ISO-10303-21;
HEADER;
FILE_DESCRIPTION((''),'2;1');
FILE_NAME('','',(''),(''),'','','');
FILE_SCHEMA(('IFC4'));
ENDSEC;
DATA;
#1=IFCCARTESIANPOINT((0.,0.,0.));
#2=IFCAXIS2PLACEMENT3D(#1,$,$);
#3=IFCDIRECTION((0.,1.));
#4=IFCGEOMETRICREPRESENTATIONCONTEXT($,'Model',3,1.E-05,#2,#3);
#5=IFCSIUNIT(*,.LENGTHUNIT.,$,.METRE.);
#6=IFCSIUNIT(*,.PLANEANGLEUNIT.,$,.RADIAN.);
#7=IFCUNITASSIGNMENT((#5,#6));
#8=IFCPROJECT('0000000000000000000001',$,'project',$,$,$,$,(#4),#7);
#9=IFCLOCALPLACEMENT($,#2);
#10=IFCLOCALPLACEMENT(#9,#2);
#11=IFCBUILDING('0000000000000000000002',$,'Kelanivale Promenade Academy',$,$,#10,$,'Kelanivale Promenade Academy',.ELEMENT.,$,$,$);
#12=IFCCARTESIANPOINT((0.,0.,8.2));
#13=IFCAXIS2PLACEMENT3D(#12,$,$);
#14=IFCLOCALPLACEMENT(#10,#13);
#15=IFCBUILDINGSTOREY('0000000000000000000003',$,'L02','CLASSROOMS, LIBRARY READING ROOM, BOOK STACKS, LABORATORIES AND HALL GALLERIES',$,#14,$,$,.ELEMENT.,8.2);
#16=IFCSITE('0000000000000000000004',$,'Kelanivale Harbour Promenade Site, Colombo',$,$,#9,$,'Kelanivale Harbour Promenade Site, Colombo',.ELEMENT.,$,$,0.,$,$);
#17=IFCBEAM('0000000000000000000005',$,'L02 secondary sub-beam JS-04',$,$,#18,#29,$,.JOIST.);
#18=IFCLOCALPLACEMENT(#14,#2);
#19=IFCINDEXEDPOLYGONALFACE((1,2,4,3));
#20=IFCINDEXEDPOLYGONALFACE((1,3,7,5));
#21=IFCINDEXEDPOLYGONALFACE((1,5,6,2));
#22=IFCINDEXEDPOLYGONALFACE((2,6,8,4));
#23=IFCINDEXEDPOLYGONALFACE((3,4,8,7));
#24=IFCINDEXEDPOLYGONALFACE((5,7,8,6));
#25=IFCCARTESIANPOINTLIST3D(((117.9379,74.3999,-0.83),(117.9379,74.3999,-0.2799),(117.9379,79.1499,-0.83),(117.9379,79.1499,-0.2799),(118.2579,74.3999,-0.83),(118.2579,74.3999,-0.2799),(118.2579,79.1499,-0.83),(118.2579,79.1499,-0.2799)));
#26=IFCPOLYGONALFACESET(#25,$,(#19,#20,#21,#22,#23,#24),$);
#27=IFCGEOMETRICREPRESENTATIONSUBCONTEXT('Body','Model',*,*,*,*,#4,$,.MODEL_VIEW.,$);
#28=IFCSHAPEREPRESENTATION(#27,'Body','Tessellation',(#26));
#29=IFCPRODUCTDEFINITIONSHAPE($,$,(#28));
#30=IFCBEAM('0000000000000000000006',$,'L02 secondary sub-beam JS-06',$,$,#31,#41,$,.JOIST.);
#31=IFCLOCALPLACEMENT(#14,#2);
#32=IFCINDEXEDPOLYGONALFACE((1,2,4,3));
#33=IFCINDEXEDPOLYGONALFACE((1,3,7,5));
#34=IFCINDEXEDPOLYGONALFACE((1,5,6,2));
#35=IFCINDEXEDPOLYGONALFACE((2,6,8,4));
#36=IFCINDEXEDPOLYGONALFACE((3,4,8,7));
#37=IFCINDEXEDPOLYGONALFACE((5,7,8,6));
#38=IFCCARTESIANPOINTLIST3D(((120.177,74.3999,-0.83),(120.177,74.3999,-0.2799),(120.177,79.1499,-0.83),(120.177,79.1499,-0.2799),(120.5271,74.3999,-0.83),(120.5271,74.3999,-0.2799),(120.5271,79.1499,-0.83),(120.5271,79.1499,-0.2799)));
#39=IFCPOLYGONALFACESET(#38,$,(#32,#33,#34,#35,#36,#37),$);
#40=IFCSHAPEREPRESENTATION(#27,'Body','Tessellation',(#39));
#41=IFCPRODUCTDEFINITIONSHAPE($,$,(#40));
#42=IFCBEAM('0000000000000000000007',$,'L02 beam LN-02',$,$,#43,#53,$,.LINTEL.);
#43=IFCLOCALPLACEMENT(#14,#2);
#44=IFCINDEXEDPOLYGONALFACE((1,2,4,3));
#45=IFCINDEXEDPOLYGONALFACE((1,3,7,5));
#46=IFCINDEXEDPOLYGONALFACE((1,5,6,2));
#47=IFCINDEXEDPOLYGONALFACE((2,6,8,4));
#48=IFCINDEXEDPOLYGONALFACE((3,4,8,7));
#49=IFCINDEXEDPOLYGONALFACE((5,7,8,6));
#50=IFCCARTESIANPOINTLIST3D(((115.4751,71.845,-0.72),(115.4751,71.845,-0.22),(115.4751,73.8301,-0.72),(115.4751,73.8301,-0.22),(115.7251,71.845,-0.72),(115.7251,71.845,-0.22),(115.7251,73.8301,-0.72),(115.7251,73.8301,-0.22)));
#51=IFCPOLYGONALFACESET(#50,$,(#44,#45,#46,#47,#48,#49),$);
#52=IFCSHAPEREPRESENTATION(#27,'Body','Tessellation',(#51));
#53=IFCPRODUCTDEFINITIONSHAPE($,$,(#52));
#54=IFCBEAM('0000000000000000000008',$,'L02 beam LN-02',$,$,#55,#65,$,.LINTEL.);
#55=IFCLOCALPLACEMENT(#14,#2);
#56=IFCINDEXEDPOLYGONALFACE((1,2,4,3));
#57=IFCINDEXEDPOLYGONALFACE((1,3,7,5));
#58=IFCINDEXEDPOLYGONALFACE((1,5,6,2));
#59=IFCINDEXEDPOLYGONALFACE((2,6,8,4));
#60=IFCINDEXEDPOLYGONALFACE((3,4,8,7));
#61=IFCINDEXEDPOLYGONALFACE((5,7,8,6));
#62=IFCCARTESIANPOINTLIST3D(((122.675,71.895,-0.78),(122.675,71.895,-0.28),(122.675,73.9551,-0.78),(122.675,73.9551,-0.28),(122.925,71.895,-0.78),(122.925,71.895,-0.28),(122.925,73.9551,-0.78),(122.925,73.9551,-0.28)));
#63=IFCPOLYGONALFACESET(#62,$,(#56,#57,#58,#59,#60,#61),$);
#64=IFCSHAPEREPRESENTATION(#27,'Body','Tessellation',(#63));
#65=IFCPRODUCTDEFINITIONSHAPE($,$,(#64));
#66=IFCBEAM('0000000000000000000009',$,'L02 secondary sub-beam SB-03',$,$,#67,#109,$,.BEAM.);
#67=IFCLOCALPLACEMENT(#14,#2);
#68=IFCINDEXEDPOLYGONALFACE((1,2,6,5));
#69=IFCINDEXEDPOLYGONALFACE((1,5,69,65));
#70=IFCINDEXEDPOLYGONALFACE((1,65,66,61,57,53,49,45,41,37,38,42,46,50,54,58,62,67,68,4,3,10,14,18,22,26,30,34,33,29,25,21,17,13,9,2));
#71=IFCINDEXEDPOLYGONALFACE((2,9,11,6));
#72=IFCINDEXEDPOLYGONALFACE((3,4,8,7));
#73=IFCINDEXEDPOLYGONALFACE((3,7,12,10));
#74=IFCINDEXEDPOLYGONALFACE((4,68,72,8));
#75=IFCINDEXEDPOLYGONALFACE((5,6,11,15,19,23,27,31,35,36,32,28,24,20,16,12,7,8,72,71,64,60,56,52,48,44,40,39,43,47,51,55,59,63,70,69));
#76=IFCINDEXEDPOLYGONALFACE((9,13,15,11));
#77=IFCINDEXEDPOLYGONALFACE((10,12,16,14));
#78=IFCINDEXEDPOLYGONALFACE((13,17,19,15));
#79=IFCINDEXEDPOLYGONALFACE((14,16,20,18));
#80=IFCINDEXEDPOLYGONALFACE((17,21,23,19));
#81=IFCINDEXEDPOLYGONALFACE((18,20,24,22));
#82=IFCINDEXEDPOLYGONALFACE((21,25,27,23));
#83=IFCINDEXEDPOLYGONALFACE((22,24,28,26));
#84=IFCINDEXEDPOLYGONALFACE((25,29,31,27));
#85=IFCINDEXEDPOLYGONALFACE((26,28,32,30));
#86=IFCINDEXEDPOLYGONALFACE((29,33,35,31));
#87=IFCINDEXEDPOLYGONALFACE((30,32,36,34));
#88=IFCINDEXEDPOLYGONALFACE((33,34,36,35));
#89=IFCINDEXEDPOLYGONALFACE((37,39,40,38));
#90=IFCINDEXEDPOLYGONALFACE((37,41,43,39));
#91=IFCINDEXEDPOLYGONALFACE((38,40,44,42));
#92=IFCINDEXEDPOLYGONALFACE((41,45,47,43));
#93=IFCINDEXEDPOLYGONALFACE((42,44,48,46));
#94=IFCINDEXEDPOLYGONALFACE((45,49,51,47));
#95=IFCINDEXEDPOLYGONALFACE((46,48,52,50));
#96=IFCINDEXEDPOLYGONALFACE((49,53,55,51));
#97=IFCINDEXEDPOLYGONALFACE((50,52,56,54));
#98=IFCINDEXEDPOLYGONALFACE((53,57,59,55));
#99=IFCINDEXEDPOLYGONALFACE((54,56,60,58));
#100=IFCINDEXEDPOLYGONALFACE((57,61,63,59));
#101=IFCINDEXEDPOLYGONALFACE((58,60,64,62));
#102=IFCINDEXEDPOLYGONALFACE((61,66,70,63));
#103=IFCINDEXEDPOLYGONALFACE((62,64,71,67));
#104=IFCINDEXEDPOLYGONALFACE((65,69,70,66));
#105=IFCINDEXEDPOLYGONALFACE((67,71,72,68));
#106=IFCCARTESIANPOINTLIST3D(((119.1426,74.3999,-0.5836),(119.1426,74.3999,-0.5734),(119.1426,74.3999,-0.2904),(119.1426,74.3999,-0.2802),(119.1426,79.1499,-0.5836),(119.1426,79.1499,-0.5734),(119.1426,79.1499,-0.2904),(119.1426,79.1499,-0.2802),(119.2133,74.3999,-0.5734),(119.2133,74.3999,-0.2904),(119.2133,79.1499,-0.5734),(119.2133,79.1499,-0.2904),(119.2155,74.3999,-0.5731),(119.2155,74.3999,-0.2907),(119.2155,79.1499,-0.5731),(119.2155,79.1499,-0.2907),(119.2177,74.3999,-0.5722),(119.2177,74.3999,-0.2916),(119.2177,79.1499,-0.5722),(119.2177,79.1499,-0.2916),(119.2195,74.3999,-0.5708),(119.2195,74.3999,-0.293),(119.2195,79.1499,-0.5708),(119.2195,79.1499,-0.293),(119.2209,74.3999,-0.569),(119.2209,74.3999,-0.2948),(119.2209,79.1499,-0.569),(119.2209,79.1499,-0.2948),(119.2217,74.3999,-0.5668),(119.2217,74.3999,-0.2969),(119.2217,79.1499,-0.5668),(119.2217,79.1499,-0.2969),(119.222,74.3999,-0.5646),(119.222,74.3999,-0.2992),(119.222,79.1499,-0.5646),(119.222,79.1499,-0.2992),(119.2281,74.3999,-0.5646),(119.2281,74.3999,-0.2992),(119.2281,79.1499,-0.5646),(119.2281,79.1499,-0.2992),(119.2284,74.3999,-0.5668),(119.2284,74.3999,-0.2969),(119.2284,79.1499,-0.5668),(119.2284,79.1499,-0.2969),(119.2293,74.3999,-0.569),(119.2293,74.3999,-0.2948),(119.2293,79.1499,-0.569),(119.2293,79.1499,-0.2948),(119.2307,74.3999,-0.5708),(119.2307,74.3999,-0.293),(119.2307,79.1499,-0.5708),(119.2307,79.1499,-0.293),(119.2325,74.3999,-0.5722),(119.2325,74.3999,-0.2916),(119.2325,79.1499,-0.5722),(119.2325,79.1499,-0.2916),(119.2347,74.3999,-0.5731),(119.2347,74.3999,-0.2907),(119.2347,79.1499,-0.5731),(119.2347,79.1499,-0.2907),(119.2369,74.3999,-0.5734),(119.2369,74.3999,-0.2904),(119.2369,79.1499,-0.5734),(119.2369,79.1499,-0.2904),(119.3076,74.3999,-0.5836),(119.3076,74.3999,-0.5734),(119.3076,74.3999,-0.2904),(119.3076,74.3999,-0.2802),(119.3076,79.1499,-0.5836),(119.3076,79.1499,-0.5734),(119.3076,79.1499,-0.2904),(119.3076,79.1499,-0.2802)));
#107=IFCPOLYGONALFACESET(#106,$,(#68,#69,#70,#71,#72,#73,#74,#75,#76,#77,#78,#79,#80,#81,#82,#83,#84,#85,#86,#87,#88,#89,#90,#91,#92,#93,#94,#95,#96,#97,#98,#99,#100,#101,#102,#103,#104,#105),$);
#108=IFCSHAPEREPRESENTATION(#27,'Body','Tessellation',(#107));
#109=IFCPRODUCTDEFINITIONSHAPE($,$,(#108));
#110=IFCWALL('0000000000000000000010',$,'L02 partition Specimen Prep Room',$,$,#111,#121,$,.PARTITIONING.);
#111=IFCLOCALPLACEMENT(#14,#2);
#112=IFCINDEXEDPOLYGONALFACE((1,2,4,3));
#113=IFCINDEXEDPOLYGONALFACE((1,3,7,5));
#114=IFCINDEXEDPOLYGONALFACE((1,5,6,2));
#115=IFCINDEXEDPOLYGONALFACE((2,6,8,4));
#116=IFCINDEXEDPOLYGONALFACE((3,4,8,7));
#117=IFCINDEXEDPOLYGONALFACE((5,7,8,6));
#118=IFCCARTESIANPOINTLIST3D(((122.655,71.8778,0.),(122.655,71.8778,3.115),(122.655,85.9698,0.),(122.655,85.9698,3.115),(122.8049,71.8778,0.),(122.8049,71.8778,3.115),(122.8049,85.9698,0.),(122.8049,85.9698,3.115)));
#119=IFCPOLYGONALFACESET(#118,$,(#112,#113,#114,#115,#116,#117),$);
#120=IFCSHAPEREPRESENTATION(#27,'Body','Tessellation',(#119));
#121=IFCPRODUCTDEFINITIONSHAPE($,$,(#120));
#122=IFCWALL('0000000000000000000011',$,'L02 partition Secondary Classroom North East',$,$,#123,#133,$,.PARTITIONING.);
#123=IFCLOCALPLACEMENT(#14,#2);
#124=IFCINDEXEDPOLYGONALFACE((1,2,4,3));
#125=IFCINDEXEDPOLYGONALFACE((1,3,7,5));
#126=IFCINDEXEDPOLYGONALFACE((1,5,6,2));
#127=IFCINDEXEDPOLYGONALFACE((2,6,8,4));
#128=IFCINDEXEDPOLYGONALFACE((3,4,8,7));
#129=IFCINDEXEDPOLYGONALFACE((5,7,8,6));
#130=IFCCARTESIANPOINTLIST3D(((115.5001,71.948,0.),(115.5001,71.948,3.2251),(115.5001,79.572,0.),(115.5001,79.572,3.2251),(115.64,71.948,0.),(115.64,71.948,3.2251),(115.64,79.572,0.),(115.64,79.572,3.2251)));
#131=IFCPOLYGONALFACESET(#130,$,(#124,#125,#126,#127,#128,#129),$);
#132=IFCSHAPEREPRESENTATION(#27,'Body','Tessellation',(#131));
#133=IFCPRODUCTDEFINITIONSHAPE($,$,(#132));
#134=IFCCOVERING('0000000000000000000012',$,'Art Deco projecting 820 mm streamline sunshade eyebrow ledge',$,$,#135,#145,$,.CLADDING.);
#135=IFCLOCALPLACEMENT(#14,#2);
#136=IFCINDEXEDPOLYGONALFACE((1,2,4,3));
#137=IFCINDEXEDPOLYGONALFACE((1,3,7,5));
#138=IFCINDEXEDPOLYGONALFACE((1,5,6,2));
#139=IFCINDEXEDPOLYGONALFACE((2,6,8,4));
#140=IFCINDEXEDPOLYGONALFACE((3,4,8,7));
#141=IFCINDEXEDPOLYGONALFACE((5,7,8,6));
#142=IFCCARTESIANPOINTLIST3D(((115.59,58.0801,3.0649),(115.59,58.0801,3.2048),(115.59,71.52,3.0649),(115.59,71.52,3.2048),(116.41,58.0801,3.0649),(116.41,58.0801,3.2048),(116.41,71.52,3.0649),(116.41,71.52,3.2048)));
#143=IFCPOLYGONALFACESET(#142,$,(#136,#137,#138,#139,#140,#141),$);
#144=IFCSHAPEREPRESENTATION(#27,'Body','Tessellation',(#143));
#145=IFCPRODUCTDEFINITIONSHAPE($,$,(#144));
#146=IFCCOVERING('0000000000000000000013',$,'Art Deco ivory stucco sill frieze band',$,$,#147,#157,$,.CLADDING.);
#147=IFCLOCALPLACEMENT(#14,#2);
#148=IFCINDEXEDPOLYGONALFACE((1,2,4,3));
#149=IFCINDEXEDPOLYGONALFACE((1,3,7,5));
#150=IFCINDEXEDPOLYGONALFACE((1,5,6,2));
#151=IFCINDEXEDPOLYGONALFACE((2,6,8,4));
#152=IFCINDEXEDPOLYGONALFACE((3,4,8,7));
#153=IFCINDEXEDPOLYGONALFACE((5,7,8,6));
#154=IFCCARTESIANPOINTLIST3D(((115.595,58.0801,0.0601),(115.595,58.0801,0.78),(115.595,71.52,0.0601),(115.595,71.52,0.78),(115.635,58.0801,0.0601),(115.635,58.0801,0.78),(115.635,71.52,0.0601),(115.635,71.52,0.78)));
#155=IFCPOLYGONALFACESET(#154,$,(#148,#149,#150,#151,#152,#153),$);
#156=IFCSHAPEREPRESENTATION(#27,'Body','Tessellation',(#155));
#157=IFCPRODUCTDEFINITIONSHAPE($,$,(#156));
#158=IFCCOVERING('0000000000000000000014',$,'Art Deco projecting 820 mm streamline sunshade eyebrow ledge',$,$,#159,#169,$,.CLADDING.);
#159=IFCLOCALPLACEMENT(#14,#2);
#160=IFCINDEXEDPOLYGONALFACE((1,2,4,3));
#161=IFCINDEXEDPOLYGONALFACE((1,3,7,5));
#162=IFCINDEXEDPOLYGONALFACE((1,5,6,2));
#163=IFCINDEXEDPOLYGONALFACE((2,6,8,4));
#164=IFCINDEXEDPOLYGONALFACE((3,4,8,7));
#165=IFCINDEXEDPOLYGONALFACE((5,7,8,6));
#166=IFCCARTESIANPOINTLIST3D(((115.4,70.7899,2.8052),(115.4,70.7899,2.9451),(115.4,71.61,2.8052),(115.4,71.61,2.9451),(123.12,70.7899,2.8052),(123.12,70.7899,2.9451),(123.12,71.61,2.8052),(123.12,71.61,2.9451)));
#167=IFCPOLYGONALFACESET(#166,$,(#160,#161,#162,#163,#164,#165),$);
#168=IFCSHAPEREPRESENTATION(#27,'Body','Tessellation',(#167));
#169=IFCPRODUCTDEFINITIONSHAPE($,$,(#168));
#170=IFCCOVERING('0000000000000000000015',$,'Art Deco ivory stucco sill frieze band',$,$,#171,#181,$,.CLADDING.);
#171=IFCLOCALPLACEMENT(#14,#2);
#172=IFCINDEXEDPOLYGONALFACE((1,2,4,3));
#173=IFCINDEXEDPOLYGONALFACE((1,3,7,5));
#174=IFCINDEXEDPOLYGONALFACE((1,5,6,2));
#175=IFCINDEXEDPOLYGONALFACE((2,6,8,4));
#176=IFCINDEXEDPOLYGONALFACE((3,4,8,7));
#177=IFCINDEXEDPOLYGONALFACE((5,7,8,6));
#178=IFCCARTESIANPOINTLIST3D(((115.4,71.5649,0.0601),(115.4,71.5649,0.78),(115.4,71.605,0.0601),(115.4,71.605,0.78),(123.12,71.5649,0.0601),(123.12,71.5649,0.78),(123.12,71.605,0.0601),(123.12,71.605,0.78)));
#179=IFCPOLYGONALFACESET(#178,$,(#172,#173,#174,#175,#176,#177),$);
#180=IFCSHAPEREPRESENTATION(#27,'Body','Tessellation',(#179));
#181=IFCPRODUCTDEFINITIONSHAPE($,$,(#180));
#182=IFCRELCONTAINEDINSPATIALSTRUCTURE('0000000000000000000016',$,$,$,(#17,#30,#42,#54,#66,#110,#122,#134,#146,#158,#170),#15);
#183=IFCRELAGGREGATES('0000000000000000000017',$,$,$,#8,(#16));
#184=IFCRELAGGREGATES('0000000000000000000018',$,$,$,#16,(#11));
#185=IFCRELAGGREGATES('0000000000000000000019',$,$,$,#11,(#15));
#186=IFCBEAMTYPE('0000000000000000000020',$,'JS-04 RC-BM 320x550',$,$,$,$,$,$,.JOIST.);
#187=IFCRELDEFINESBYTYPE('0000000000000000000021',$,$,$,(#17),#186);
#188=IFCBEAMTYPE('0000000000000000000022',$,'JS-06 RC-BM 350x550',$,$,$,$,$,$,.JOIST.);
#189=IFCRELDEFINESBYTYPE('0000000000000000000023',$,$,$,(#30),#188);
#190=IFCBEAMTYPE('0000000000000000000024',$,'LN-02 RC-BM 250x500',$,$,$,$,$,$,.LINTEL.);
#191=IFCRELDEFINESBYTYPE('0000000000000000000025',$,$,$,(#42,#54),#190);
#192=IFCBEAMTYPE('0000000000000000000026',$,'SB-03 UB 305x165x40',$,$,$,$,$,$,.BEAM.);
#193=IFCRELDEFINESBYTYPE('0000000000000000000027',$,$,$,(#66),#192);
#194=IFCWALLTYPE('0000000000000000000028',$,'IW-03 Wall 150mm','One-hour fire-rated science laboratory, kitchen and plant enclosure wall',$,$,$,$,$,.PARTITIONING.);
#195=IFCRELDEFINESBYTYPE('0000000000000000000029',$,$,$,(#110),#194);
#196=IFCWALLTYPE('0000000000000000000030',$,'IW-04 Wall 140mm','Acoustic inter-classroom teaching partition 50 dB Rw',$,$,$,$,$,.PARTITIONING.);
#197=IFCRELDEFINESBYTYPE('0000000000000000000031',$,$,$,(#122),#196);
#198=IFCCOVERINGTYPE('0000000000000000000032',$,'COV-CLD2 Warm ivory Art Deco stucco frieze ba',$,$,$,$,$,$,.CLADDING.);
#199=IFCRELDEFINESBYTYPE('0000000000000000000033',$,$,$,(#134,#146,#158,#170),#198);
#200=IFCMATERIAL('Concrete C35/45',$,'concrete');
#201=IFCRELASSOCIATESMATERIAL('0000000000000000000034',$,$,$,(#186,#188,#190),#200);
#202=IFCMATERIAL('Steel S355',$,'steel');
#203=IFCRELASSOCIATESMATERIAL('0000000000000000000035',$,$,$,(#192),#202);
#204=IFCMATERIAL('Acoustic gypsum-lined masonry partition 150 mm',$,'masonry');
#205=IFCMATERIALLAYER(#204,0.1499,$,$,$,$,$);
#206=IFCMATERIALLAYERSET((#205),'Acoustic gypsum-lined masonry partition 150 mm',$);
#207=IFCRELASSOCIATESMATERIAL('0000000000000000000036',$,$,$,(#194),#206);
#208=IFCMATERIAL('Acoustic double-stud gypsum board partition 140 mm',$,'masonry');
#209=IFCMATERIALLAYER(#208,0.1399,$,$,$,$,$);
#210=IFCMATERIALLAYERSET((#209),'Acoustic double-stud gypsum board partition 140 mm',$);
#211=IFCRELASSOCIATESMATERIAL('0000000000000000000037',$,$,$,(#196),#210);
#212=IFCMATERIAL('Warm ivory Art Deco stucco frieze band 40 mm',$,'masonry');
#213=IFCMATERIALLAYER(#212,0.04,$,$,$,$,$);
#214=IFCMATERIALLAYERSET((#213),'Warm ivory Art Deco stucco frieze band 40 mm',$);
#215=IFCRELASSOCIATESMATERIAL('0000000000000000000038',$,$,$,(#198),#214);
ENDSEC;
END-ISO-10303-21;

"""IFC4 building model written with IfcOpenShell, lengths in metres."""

from ifc_helpers import new_model, si_unit, direction, frame, frame_2d, origin, origin_2d, place, context, subcontext, project, spatial, rectangle, i_section, extrude, material, layer, layer_set, material_profile, profile_set, type_object, element, save


model = new_model("IFC4")

# Units and contexts
model_context = context("Model", 3, precision=1e-05, world=origin(), true_north=direction((0.0, 1.0)))
body_context = subcontext(model_context, "Body", "Model", "MODEL_VIEW")
ifc_project = project(units=[si_unit("LENGTHUNIT", "METRE"), si_unit("PLANEANGLEUNIT", "RADIAN")], contexts=[model_context])

# Site, building, storey
site_placement = place(None, origin())
site = spatial("IfcSite", under=ifc_project, at=site_placement, Name="Kelanivale Harbour Promenade Site, Colombo", LongName="Kelanivale Harbour Promenade Site, Colombo", CompositionType="ELEMENT", RefElevation=0.0)
building_placement = place(site_placement, origin())
building = spatial("IfcBuilding", under=site, at=building_placement, Name="Kelanivale Promenade Academy", LongName="Kelanivale Promenade Academy", CompositionType="ELEMENT")
storey_placement = place(building_placement, frame((0.0, 0.0, 8.2)))
storey = spatial("IfcBuildingStorey", under=building, at=storey_placement, Name="L02", Description="CLASSROOMS, LIBRARY READING ROOM, BOOK STACKS, LABORATORIES AND HALL GALLERIES", CompositionType="ELEMENT", Elevation=8.2)

# Beams
ifc_material_1 = material(Name="Concrete C35/45", Category="concrete")
ifc_material_profile_1 = material_profile(ifc_material_1, rectangle(XDim=0.3201, YDim=0.55, at=origin_2d()), Name="RC-BM 320x550")
ifc_profile_set_1 = profile_set([ifc_material_profile_1], Name="Concrete C35/45")
beam_type_1 = type_object("IfcBeamType", Name="JS-04 RC-BM 320x550", PredefinedType="JOIST", material=ifc_profile_set_1)
beam_1_placement = place(storey_placement, frame((118.0979, 74.3999, -0.5549), z_axis=(0.0, 1.0, 0.0), x_axis=(-1.0, 0.0, 0.0)))
element("IfcBeam", 1, at=beam_1_placement, inside=storey, type_object=beam_type_1, Name="L02 secondary sub-beam JS-04", PredefinedType="JOIST", context=body_context, shape_type="SweptSolid", body=[
    extrude(rectangle(XDim=0.3201, YDim=0.55, at=origin_2d()), origin(), (0.0, 0.0, 1.0), 4.75),
])
ifc_material_profile_2 = material_profile(ifc_material_1, rectangle(XDim=0.3501, YDim=0.55, at=origin_2d()), Name="RC-BM 350x550")
ifc_profile_set_2 = profile_set([ifc_material_profile_2], Name="Concrete C35/45")
beam_type_2 = type_object("IfcBeamType", Name="JS-06 RC-BM 350x550", PredefinedType="JOIST", material=ifc_profile_set_2)
beam_2_placement = place(storey_placement, frame((120.3521, 74.3999, -0.5549), z_axis=(0.0, 1.0, 0.0), x_axis=(-1.0, 0.0, 0.0)))
element("IfcBeam", 2, at=beam_2_placement, inside=storey, type_object=beam_type_2, Name="L02 secondary sub-beam JS-06", PredefinedType="JOIST", context=body_context, shape_type="SweptSolid", body=[
    extrude(rectangle(XDim=0.3501, YDim=0.55, at=origin_2d()), origin(), (0.0, 0.0, 1.0), 4.75),
])
ifc_material_profile_3 = material_profile(ifc_material_1, rectangle(XDim=0.25, YDim=0.5, at=origin_2d()), Name="RC-BM 250x500")
ifc_profile_set_3 = profile_set([ifc_material_profile_3], Name="Concrete C35/45")
beam_type_3 = type_object("IfcBeamType", Name="LN-02 RC-BM 250x500", PredefinedType="LINTEL", material=ifc_profile_set_3)
beam_3_placement = place(storey_placement, frame((115.6001, 71.845, -0.47), z_axis=(0.0, 1.0, 0.0), x_axis=(-1.0, 0.0, 0.0)))
element("IfcBeam", 3, at=beam_3_placement, inside=storey, type_object=beam_type_3, Name="L02 beam LN-02", PredefinedType="LINTEL", context=body_context, shape_type="SweptSolid", body=[
    extrude(rectangle(XDim=0.25, YDim=0.5, at=origin_2d()), origin(), (0.0, 0.0, 1.0), 1.9851),
])
beam_4_placement = place(storey_placement, frame((122.8, 71.895, -0.53), z_axis=(0.0, 1.0, 0.0), x_axis=(-1.0, 0.0, 0.0)))
element("IfcBeam", 4, at=beam_4_placement, inside=storey, type_object=beam_type_3, Name="L02 beam LN-02", PredefinedType="LINTEL", context=body_context, shape_type="SweptSolid", body=[
    extrude(rectangle(XDim=0.25, YDim=0.5, at=origin_2d()), origin(), (0.0, 0.0, 1.0), 2.0601),
])
ifc_material_2 = material(Name="Steel S355", Category="steel")
ifc_material_profile_4 = material_profile(ifc_material_2, i_section(OverallWidth=0.165, OverallDepth=0.3035, WebThickness=0.0061, FlangeThickness=0.0103, FilletRadius=0.0088, at=origin_2d()), Name="UB 305x165x40")
ifc_profile_set_4 = profile_set([ifc_material_profile_4], Name="Steel S355")
beam_type_4 = type_object("IfcBeamType", Name="SB-03 UB 305x165x40", PredefinedType="BEAM", material=ifc_profile_set_4)
beam_5_placement = place(storey_placement, frame((119.2251, 74.3999, -0.4319), z_axis=(0.0, 1.0, 0.0), x_axis=(-1.0, 0.0, 0.0)))
element("IfcBeam", 5, at=beam_5_placement, inside=storey, type_object=beam_type_4, Name="L02 secondary sub-beam SB-03", PredefinedType="BEAM", context=body_context, shape_type="SweptSolid", body=[
    extrude(i_section(OverallWidth=0.165, OverallDepth=0.3035, WebThickness=0.0061, FlangeThickness=0.0103, FilletRadius=0.0088, at=origin_2d()), origin(), (0.0, 0.0, 1.0), 4.75),
])

# Walls
ifc_material_3 = material(Name="Acoustic gypsum-lined masonry partition 150 mm", Category="masonry")
ifc_layer_1 = layer(ifc_material_3, 0.1499)
ifc_layer_set_1 = layer_set([ifc_layer_1], Name="Acoustic gypsum-lined masonry partition 150 mm")
wall_type_1 = type_object("IfcWallType", Name="IW-03 Wall 150mm", Description="One-hour fire-rated science laboratory, kitchen and plant enclosure wall", PredefinedType="PARTITIONING", material=ifc_layer_set_1)
wall_1_placement = place(storey_placement, frame((122.73, 71.8779, 0.0), z_axis=(0.0, 0.0, 1.0), x_axis=(0.0, 1.0, 0.0)))
element("IfcWall", 6, at=wall_1_placement, inside=storey, type_object=wall_type_1, Name="L02 partition Specimen Prep Room", PredefinedType="PARTITIONING", context=body_context, shape_type="SweptSolid", body=[
    extrude(rectangle(XDim=14.092, YDim=0.1499, at=frame_2d((7.0459, 0.0))), origin(), (0.0, 0.0, 1.0), 3.115),
])
ifc_material_4 = material(Name="Acoustic double-stud gypsum board partition 140 mm", Category="masonry")
ifc_layer_2 = layer(ifc_material_4, 0.1399)
ifc_layer_set_2 = layer_set([ifc_layer_2], Name="Acoustic double-stud gypsum board partition 140 mm")
wall_type_2 = type_object("IfcWallType", Name="IW-04 Wall 140mm", Description="Acoustic inter-classroom teaching partition 50 dB Rw", PredefinedType="PARTITIONING", material=ifc_layer_set_2)
wall_2_placement = place(storey_placement, frame((115.5701, 71.948, 0.0), z_axis=(0.0, 0.0, 1.0), x_axis=(0.0, 1.0, 0.0)))
element("IfcWall", 7, at=wall_2_placement, inside=storey, type_object=wall_type_2, Name="L02 partition Secondary Classroom North East", PredefinedType="PARTITIONING", context=body_context, shape_type="SweptSolid", body=[
    extrude(rectangle(XDim=7.624, YDim=0.1399, at=frame_2d((3.812, 0.0))), origin(), (0.0, 0.0, 1.0), 3.2251),
])

# Coverings
ifc_material_5 = material(Name="Warm ivory Art Deco stucco frieze band 40 mm", Category="masonry")
ifc_layer_3 = layer(ifc_material_5, 0.04)
ifc_layer_set_3 = layer_set([ifc_layer_3], Name="Warm ivory Art Deco stucco frieze band 40 mm")
covering_type = type_object("IfcCoveringType", Name="COV-CLD2 Warm ivory Art Deco stucco frieze ba", PredefinedType="CLADDING", material=ifc_layer_set_3)
covering_1_placement = place(storey_placement, frame((116.0, 64.8, 3.0649), z_axis=(0.0, 0.0, 1.0), x_axis=(0.0, 1.0, 0.0)))
element("IfcCovering", 8, at=covering_1_placement, inside=storey, type_object=covering_type, Name="Art Deco projecting 820 mm streamline sunshade eyebrow ledge", PredefinedType="CLADDING", context=body_context, shape_type="SweptSolid", body=[
    extrude(rectangle(XDim=13.4399, YDim=0.8201, at=origin_2d()), origin(), (0.0, 0.0, 1.0), 0.1399),
])
covering_2_placement = place(storey_placement, frame((115.615, 64.8, 0.0601), z_axis=(0.0, 0.0, 1.0), x_axis=(0.0, 1.0, 0.0)))
element("IfcCovering", 9, at=covering_2_placement, inside=storey, type_object=covering_type, Name="Art Deco ivory stucco sill frieze band", PredefinedType="CLADDING", context=body_context, shape_type="SweptSolid", body=[
    extrude(rectangle(XDim=13.4399, YDim=0.04, at=origin_2d()), origin(), (0.0, 0.0, 1.0), 0.72),
])
covering_3_placement = place(storey_placement, frame((119.26, 71.2, 2.8052), z_axis=(0.0, 0.0, 1.0), x_axis=(1.0, 0.0, 0.0)))
element("IfcCovering", 10, at=covering_3_placement, inside=storey, type_object=covering_type, Name="Art Deco projecting 820 mm streamline sunshade eyebrow ledge", PredefinedType="CLADDING", context=body_context, shape_type="SweptSolid", body=[
    extrude(rectangle(XDim=7.72, YDim=0.8201, at=origin_2d()), origin(), (0.0, 0.0, 1.0), 0.1399),
])
covering_4_placement = place(storey_placement, frame((119.26, 71.585, 0.0601), z_axis=(0.0, 0.0, 1.0), x_axis=(1.0, 0.0, 0.0)))
element("IfcCovering", 11, at=covering_4_placement, inside=storey, type_object=covering_type, Name="Art Deco ivory stucco sill frieze band", PredefinedType="CLADDING", context=body_context, shape_type="SweptSolid", body=[
    extrude(rectangle(XDim=7.72, YDim=0.04, at=origin_2d()), origin(), (0.0, 0.0, 1.0), 0.72),
])

save(model, "model.ifc")
